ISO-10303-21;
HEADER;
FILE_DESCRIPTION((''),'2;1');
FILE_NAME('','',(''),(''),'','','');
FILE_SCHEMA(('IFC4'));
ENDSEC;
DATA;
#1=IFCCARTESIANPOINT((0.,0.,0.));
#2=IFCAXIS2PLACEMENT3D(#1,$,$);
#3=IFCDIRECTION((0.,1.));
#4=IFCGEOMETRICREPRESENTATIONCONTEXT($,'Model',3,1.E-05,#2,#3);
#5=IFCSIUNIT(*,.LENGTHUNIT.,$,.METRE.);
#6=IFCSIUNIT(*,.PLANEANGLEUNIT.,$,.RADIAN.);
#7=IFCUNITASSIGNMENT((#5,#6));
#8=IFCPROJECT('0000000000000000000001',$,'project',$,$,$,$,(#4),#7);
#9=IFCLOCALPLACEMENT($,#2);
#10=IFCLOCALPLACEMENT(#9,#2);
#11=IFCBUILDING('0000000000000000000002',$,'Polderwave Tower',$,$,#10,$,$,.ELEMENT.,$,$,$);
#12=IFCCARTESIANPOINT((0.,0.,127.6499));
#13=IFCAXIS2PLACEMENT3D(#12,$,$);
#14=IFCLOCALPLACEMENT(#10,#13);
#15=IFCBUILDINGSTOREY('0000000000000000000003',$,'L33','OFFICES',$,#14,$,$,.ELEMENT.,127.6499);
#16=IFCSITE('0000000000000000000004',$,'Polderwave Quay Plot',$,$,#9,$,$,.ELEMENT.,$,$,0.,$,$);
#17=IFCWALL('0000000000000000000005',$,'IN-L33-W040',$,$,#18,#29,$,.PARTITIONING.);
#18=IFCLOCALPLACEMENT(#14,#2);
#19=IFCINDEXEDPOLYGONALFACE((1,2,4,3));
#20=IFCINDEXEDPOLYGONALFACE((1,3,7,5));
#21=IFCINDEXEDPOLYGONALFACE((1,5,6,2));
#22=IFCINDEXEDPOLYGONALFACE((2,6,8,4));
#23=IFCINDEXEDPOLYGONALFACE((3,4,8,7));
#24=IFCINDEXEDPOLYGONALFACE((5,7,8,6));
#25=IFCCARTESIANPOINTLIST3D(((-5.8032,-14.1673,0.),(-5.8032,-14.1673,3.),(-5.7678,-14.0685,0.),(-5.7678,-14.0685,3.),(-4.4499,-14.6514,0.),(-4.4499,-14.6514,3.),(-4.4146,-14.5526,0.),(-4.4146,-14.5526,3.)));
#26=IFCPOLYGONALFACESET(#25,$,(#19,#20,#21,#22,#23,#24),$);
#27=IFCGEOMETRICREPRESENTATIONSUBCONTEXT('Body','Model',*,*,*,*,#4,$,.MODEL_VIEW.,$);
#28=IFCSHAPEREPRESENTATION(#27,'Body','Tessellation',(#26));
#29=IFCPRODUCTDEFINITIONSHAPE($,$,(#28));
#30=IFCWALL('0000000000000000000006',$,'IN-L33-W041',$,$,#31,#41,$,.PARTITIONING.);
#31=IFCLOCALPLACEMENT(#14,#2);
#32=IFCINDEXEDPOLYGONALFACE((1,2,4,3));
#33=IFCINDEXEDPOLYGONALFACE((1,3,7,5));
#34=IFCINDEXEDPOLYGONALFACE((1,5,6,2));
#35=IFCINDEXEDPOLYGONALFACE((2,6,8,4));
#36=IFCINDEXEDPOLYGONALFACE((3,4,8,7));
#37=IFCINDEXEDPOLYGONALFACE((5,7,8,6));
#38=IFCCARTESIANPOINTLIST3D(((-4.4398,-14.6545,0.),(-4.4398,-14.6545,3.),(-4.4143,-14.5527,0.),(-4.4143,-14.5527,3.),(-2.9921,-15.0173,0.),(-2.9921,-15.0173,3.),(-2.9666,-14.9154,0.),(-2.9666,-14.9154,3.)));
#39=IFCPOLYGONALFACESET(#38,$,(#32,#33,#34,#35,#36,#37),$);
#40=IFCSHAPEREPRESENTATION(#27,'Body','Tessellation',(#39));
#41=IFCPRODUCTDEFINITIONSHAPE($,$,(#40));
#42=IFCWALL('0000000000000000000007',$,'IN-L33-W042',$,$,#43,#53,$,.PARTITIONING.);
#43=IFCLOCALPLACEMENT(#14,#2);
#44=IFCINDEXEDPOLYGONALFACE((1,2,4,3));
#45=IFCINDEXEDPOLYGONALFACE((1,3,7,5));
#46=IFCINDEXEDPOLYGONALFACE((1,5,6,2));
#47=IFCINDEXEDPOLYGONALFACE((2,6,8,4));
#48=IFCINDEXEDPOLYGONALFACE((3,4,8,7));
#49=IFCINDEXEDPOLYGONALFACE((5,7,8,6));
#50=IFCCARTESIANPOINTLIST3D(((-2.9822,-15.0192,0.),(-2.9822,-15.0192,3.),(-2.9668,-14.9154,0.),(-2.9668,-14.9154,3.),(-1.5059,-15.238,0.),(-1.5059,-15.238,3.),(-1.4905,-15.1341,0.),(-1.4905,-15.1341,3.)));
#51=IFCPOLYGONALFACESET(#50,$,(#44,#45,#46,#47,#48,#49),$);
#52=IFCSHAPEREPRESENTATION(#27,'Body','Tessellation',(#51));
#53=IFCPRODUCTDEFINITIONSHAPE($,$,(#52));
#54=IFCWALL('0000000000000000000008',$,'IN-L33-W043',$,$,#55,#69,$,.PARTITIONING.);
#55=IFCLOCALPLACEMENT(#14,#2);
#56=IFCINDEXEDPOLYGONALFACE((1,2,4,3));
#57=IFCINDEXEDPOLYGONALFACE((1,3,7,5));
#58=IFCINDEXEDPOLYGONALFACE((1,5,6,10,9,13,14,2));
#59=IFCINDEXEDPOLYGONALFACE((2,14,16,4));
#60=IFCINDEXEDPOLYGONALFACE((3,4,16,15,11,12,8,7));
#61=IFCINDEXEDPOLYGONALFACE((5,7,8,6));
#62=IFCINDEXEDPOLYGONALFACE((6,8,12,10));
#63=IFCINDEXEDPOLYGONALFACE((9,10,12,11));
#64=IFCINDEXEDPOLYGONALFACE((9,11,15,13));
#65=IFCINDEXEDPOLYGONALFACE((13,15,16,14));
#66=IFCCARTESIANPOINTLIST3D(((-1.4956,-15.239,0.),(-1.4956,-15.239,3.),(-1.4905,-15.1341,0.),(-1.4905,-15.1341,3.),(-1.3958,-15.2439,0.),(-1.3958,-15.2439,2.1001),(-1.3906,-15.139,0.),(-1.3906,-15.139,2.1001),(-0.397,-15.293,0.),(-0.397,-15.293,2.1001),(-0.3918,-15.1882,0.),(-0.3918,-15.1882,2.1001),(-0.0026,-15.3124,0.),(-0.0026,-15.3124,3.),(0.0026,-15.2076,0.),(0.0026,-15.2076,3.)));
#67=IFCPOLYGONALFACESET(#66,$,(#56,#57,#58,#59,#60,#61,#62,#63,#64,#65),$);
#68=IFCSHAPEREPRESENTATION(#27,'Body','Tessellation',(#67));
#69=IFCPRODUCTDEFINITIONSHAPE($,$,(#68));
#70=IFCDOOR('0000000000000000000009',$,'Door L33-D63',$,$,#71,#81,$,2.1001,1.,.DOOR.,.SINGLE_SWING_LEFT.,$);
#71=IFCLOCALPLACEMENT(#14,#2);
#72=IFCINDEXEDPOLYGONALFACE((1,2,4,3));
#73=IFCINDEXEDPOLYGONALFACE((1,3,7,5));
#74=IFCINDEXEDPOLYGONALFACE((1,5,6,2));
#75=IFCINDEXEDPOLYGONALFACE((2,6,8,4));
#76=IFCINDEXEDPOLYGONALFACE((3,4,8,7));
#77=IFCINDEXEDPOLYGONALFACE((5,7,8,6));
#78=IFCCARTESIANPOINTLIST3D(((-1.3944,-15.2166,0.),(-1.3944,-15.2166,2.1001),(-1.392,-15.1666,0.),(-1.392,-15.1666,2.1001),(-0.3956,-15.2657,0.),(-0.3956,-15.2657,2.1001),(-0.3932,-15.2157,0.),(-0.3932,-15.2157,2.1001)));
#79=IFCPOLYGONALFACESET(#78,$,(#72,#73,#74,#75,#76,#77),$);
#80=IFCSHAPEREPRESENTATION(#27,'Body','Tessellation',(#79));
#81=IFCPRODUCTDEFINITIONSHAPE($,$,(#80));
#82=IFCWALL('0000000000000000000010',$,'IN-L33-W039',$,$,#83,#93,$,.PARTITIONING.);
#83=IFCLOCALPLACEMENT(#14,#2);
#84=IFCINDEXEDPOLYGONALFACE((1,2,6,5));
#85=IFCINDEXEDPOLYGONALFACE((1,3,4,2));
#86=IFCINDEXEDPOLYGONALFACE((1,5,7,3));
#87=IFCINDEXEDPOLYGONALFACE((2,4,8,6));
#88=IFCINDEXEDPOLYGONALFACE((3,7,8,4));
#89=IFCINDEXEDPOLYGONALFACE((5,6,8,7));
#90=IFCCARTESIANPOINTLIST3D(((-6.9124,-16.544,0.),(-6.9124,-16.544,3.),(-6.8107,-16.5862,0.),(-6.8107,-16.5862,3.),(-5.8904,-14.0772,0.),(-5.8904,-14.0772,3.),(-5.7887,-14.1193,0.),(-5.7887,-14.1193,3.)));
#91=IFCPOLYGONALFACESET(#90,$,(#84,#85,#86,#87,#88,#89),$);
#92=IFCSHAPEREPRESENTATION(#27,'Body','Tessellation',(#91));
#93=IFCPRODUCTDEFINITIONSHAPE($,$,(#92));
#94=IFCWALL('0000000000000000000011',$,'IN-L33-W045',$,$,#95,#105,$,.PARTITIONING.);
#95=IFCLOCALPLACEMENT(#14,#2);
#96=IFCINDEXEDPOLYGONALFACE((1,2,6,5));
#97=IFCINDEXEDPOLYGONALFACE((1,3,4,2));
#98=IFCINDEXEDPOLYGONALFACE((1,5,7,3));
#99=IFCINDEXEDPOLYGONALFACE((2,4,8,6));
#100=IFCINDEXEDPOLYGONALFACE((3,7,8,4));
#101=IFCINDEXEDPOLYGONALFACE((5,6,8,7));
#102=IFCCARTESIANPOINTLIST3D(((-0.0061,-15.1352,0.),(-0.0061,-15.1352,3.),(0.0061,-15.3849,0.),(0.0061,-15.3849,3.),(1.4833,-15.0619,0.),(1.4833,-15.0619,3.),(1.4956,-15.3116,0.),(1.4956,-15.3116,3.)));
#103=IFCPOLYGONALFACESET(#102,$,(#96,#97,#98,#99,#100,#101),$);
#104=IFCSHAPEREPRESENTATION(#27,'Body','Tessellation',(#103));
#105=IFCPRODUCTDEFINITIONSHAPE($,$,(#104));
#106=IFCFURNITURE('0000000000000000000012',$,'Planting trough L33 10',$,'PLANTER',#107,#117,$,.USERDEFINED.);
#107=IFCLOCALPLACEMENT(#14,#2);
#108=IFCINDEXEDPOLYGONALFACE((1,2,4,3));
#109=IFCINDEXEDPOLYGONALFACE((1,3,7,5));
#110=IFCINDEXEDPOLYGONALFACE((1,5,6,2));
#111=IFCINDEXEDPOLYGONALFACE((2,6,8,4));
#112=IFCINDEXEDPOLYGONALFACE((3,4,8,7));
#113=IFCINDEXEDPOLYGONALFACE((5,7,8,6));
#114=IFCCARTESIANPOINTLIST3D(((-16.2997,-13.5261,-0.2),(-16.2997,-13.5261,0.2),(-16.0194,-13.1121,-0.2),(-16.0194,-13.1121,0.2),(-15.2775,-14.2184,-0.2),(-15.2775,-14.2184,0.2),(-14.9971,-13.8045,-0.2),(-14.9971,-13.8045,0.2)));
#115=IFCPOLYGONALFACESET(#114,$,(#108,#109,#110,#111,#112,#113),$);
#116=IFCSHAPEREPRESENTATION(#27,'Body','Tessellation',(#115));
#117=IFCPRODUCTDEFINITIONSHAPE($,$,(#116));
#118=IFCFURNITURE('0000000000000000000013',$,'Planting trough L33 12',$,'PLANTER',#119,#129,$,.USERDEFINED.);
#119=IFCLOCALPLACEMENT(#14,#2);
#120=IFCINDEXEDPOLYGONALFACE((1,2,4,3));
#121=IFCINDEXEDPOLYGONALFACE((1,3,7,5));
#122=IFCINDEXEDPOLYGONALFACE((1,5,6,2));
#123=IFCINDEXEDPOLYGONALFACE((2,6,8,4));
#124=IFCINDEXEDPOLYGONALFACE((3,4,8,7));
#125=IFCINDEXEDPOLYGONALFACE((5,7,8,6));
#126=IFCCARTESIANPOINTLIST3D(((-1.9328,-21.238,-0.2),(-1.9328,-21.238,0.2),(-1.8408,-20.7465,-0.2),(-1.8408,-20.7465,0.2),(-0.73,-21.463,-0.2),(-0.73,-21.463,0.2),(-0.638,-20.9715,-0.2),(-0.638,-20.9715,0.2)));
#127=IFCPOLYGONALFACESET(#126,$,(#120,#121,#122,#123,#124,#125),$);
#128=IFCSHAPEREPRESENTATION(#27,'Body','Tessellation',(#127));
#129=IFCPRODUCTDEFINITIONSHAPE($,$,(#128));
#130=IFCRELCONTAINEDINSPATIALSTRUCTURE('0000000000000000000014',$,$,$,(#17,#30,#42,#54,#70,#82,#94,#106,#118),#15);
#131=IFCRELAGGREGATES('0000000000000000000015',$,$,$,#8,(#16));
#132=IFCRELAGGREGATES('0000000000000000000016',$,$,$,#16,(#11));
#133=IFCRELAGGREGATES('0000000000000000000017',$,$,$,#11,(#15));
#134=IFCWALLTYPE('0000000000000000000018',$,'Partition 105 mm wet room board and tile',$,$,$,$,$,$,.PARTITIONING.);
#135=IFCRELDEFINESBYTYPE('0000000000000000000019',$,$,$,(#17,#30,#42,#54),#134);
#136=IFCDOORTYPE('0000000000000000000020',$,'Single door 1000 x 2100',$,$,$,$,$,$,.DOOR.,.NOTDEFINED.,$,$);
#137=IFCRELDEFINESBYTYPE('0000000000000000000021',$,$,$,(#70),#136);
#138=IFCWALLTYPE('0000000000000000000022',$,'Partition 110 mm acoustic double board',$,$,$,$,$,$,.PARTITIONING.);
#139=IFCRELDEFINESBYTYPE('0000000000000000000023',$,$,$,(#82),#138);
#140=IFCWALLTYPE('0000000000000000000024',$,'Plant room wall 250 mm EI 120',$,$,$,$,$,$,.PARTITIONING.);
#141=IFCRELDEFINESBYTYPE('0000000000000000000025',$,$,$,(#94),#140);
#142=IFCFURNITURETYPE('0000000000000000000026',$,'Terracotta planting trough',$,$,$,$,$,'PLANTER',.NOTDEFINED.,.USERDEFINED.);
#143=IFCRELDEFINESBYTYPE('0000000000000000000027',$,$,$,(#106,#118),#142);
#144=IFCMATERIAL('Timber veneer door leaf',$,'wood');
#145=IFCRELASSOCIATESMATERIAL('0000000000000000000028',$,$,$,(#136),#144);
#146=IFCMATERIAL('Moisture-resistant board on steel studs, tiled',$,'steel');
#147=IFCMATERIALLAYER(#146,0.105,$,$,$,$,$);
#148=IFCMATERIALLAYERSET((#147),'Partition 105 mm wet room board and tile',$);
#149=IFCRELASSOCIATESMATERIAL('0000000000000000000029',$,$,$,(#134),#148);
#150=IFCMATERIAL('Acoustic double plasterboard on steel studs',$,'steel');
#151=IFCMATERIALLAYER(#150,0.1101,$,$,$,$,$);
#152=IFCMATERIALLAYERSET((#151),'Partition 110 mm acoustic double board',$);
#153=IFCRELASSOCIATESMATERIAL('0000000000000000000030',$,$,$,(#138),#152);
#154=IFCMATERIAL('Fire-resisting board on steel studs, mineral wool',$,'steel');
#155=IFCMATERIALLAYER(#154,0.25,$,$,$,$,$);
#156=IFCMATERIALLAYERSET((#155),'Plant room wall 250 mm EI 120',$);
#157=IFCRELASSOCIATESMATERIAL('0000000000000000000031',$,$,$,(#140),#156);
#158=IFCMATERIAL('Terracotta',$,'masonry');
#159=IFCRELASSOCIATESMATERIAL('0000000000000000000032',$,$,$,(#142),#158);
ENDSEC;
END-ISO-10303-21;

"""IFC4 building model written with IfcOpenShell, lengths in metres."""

from ifc_helpers import new_model, si_unit, direction, frame, frame_2d, origin, origin_2d, place, context, subcontext, project, spatial, rectangle, extrude, material, layer, layer_set, type_object, element, fill, save


model = new_model("IFC4")

# Units and contexts
model_context = context("Model", 3, precision=1e-05, world=origin(), true_north=direction((0.0, 1.0)))
body_context = subcontext(model_context, "Body", "Model", "MODEL_VIEW")
ifc_project = project(units=[si_unit("LENGTHUNIT", "METRE"), si_unit("PLANEANGLEUNIT", "RADIAN")], contexts=[model_context])

# Site, building, storey
site_placement = place(None, origin())
site = spatial("IfcSite", under=ifc_project, at=site_placement, Name="Polderwave Quay Plot", CompositionType="ELEMENT", RefElevation=0.0)
building_placement = place(site_placement, origin())
building = spatial("IfcBuilding", under=site, at=building_placement, Name="Polderwave Tower", CompositionType="ELEMENT")
storey_placement = place(building_placement, frame((0.0, 0.0, 127.6499)))
storey = spatial("IfcBuildingStorey", under=building, at=storey_placement, Name="L33", Description="OFFICES", CompositionType="ELEMENT", Elevation=127.6499)

# Shared definitions
ifc_material_1 = material(Name="Timber veneer door leaf", Category="wood")
door_type = type_object("IfcDoorType", Name="Single door 1000 x 2100", OperationType="NOTDEFINED", PredefinedType="DOOR", material=ifc_material_1)

# Walls
ifc_material_2 = material(Name="Moisture-resistant board on steel studs, tiled", Category="steel")
ifc_layer_1 = layer(ifc_material_2, 0.105)
ifc_layer_set_1 = layer_set([ifc_layer_1], Name="Partition 105 mm wet room board and tile")
wall_type_1 = type_object("IfcWallType", Name="Partition 105 mm wet room board and tile", PredefinedType="PARTITIONING", material=ifc_layer_set_1)
wall_1_placement = place(storey_placement, frame((-4.4321, -14.6021, 0.0), z_axis=(0.0, 0.0, 1.0), x_axis=(-0.941561, 0.336842, 0.0)))
element("IfcWall", 1, at=wall_1_placement, inside=storey, type_object=wall_type_1, Name="IN-L33-W040", PredefinedType="PARTITIONING", context=body_context, shape_type="SweptSolid", body=[
    extrude(rectangle(XDim=1.4373, YDim=0.105, at=frame_2d((0.7188, 0.0))), origin(), (0.0, 0.0, 1.0), 3.0),
])
for number, where, z_axis, x_axis, name in (
    (2, (-2.9795, -14.9663, 0.0), (0.0, 0.0, 1.0), (-0.970008, 0.243074, 0.0), "IN-L33-W041"),
    (3, (-1.4983, -15.186, 0.0), (0.0, 0.0, 1.0), (-0.9892, 0.146572, 0.0), "IN-L33-W042"),
):
    element("IfcWall", number, at=place(storey_placement, frame(where, z_axis=z_axis, x_axis=x_axis)), inside=storey, type_object=wall_type_1, Name=name, PredefinedType="PARTITIONING", context=body_context, shape_type="SweptSolid", body=[
        extrude(rectangle(XDim=1.4924, YDim=0.105, at=frame_2d((0.7461, 0.0))), origin(), (0.0, 0.0, 1.0), 3.0),
    ])

# Wall, opening, door
wall_2_placement = place(storey_placement, frame((-1.4932, -15.1865, 0.0), z_axis=(0.0, 0.0, 1.0), x_axis=(0.998791, -0.049156, 0.0)))
wall_2 = element("IfcWall", 4, at=wall_2_placement, inside=storey, type_object=wall_type_1, Name="IN-L33-W043", PredefinedType="PARTITIONING", context=body_context, shape_type="SweptSolid", body=[
    extrude(rectangle(XDim=1.4949, YDim=0.105, at=frame_2d((0.7476, 0.0))), origin(), (0.0, 0.0, 1.0), 3.0),
])
opening_1_placement = place(wall_2_placement, frame((0.1001, 0.0, 0.0)))
opening_1 = element("IfcOpeningElement", 5, at=opening_1_placement, cuts=wall_2, PredefinedType="OPENING", context=body_context, shape_type="SweptSolid", body=[
    extrude(rectangle(XDim=1.0, YDim=2.1001, at=frame_2d((0.5, 1.05))), frame((0.0, 0.0625, 0.0), z_axis=(0.0, -1.0, 0.0), x_axis=(1.0, 0.0, 0.0)), (0.0, 0.0, 1.0), 0.125),
])
door_1_placement = place(opening_1_placement, origin())
door_1 = element("IfcDoor", 6, at=door_1_placement, inside=storey, type_object=door_type, Name="Door L33-D63", OperationType="SINGLE_SWING_LEFT", OverallHeight=2.1001, OverallWidth=1.0, PredefinedType="DOOR", context=body_context, shape_type="SweptSolid", body=[
    extrude(rectangle(XDim=1.0, YDim=2.1001, at=frame_2d((0.5, 1.05))), frame((0.0, 0.0249, 0.0), z_axis=(0.0, -1.0, 0.0), x_axis=(1.0, 0.0, 0.0)), (0.0, 0.0, 1.0), 0.05),
])
fill(opening_1, door_1)

# Walls
ifc_material_3 = material(Name="Acoustic double plasterboard on steel studs", Category="steel")
ifc_layer_2 = layer(ifc_material_3, 0.1101)
ifc_layer_set_2 = layer_set([ifc_layer_2], Name="Partition 110 mm acoustic double board")
wall_type_2 = type_object("IfcWallType", Name="Partition 110 mm acoustic double board", PredefinedType="PARTITIONING", material=ifc_layer_set_2)
wall_3_placement = place(storey_placement, frame((-5.8396, -14.0984, 0.0), z_axis=(0.0, 0.0, 1.0), x_axis=(-0.382745, -0.923854, 0.0)))
element("IfcWall", 7, at=wall_3_placement, inside=storey, type_object=wall_type_2, Name="IN-L33-W039", PredefinedType="PARTITIONING", context=body_context, shape_type="SweptSolid", body=[
    extrude(rectangle(XDim=2.6702, YDim=0.1101, at=frame_2d((1.335, 0.0))), origin(), (0.0, 0.0, 1.0), 3.0),
])
ifc_material_4 = material(Name="Fire-resisting board on steel studs, mineral wool", Category="steel")
ifc_layer_3 = layer(ifc_material_4, 0.25)
ifc_layer_set_3 = layer_set([ifc_layer_3], Name="Plant room wall 250 mm EI 120")
wall_type_3 = type_object("IfcWallType", Name="Plant room wall 250 mm EI 120", PredefinedType="PARTITIONING", material=ifc_layer_set_3)
wall_4_placement = place(storey_placement, frame((0.0, -15.26, 0.0), z_axis=(0.0, 0.0, 1.0), x_axis=(0.998793, 0.049113, 0.0)))
element("IfcWall", 8, at=wall_4_placement, inside=storey, type_object=wall_type_3, Name="IN-L33-W045", PredefinedType="PARTITIONING", context=body_context, shape_type="SweptSolid", body=[
    extrude(rectangle(XDim=1.4912, YDim=0.25, at=frame_2d((0.7456, 0.0))), origin(), (0.0, 0.0, 1.0), 3.0),
])

# Furniture
ifc_material_5 = material(Name="Terracotta", Category="masonry")
furniture_type = type_object("IfcFurnitureType", Name="Terracotta planting trough", ElementType="PLANTER", AssemblyPlace="NOTDEFINED", PredefinedType="USERDEFINED", material=ifc_material_5)
furniture_1_placement = place(storey_placement, frame((-15.6484, -13.6653, -0.2), z_axis=(0.0, 0.0, 1.0), x_axis=(0.827969, -0.560773, 0.0)))
element("IfcFurniture", 9, at=furniture_1_placement, inside=storey, type_object=furniture_type, Name="Planting trough L33 10", ObjectType="PLANTER", PredefinedType="USERDEFINED", context=body_context, shape_type="SweptSolid", body=[
    extrude(rectangle(XDim=1.2346, YDim=0.5, at=origin_2d()), origin(), (0.0, 0.0, 1.0), 0.3999),
])
furniture_2_placement = place(storey_placement, frame((-1.2854, -21.1047, -0.2), z_axis=(0.0, 0.0, 1.0), x_axis=(0.982949, -0.183876, 0.0)))
element("IfcFurniture", 10, at=furniture_2_placement, inside=storey, type_object=furniture_type, Name="Planting trough L33 12", ObjectType="PLANTER", PredefinedType="USERDEFINED", context=body_context, shape_type="SweptSolid", body=[
    extrude(rectangle(XDim=1.2236, YDim=0.5, at=origin_2d()), origin(), (0.0, 0.0, 1.0), 0.3999),
])

save(model, "model.ifc")
